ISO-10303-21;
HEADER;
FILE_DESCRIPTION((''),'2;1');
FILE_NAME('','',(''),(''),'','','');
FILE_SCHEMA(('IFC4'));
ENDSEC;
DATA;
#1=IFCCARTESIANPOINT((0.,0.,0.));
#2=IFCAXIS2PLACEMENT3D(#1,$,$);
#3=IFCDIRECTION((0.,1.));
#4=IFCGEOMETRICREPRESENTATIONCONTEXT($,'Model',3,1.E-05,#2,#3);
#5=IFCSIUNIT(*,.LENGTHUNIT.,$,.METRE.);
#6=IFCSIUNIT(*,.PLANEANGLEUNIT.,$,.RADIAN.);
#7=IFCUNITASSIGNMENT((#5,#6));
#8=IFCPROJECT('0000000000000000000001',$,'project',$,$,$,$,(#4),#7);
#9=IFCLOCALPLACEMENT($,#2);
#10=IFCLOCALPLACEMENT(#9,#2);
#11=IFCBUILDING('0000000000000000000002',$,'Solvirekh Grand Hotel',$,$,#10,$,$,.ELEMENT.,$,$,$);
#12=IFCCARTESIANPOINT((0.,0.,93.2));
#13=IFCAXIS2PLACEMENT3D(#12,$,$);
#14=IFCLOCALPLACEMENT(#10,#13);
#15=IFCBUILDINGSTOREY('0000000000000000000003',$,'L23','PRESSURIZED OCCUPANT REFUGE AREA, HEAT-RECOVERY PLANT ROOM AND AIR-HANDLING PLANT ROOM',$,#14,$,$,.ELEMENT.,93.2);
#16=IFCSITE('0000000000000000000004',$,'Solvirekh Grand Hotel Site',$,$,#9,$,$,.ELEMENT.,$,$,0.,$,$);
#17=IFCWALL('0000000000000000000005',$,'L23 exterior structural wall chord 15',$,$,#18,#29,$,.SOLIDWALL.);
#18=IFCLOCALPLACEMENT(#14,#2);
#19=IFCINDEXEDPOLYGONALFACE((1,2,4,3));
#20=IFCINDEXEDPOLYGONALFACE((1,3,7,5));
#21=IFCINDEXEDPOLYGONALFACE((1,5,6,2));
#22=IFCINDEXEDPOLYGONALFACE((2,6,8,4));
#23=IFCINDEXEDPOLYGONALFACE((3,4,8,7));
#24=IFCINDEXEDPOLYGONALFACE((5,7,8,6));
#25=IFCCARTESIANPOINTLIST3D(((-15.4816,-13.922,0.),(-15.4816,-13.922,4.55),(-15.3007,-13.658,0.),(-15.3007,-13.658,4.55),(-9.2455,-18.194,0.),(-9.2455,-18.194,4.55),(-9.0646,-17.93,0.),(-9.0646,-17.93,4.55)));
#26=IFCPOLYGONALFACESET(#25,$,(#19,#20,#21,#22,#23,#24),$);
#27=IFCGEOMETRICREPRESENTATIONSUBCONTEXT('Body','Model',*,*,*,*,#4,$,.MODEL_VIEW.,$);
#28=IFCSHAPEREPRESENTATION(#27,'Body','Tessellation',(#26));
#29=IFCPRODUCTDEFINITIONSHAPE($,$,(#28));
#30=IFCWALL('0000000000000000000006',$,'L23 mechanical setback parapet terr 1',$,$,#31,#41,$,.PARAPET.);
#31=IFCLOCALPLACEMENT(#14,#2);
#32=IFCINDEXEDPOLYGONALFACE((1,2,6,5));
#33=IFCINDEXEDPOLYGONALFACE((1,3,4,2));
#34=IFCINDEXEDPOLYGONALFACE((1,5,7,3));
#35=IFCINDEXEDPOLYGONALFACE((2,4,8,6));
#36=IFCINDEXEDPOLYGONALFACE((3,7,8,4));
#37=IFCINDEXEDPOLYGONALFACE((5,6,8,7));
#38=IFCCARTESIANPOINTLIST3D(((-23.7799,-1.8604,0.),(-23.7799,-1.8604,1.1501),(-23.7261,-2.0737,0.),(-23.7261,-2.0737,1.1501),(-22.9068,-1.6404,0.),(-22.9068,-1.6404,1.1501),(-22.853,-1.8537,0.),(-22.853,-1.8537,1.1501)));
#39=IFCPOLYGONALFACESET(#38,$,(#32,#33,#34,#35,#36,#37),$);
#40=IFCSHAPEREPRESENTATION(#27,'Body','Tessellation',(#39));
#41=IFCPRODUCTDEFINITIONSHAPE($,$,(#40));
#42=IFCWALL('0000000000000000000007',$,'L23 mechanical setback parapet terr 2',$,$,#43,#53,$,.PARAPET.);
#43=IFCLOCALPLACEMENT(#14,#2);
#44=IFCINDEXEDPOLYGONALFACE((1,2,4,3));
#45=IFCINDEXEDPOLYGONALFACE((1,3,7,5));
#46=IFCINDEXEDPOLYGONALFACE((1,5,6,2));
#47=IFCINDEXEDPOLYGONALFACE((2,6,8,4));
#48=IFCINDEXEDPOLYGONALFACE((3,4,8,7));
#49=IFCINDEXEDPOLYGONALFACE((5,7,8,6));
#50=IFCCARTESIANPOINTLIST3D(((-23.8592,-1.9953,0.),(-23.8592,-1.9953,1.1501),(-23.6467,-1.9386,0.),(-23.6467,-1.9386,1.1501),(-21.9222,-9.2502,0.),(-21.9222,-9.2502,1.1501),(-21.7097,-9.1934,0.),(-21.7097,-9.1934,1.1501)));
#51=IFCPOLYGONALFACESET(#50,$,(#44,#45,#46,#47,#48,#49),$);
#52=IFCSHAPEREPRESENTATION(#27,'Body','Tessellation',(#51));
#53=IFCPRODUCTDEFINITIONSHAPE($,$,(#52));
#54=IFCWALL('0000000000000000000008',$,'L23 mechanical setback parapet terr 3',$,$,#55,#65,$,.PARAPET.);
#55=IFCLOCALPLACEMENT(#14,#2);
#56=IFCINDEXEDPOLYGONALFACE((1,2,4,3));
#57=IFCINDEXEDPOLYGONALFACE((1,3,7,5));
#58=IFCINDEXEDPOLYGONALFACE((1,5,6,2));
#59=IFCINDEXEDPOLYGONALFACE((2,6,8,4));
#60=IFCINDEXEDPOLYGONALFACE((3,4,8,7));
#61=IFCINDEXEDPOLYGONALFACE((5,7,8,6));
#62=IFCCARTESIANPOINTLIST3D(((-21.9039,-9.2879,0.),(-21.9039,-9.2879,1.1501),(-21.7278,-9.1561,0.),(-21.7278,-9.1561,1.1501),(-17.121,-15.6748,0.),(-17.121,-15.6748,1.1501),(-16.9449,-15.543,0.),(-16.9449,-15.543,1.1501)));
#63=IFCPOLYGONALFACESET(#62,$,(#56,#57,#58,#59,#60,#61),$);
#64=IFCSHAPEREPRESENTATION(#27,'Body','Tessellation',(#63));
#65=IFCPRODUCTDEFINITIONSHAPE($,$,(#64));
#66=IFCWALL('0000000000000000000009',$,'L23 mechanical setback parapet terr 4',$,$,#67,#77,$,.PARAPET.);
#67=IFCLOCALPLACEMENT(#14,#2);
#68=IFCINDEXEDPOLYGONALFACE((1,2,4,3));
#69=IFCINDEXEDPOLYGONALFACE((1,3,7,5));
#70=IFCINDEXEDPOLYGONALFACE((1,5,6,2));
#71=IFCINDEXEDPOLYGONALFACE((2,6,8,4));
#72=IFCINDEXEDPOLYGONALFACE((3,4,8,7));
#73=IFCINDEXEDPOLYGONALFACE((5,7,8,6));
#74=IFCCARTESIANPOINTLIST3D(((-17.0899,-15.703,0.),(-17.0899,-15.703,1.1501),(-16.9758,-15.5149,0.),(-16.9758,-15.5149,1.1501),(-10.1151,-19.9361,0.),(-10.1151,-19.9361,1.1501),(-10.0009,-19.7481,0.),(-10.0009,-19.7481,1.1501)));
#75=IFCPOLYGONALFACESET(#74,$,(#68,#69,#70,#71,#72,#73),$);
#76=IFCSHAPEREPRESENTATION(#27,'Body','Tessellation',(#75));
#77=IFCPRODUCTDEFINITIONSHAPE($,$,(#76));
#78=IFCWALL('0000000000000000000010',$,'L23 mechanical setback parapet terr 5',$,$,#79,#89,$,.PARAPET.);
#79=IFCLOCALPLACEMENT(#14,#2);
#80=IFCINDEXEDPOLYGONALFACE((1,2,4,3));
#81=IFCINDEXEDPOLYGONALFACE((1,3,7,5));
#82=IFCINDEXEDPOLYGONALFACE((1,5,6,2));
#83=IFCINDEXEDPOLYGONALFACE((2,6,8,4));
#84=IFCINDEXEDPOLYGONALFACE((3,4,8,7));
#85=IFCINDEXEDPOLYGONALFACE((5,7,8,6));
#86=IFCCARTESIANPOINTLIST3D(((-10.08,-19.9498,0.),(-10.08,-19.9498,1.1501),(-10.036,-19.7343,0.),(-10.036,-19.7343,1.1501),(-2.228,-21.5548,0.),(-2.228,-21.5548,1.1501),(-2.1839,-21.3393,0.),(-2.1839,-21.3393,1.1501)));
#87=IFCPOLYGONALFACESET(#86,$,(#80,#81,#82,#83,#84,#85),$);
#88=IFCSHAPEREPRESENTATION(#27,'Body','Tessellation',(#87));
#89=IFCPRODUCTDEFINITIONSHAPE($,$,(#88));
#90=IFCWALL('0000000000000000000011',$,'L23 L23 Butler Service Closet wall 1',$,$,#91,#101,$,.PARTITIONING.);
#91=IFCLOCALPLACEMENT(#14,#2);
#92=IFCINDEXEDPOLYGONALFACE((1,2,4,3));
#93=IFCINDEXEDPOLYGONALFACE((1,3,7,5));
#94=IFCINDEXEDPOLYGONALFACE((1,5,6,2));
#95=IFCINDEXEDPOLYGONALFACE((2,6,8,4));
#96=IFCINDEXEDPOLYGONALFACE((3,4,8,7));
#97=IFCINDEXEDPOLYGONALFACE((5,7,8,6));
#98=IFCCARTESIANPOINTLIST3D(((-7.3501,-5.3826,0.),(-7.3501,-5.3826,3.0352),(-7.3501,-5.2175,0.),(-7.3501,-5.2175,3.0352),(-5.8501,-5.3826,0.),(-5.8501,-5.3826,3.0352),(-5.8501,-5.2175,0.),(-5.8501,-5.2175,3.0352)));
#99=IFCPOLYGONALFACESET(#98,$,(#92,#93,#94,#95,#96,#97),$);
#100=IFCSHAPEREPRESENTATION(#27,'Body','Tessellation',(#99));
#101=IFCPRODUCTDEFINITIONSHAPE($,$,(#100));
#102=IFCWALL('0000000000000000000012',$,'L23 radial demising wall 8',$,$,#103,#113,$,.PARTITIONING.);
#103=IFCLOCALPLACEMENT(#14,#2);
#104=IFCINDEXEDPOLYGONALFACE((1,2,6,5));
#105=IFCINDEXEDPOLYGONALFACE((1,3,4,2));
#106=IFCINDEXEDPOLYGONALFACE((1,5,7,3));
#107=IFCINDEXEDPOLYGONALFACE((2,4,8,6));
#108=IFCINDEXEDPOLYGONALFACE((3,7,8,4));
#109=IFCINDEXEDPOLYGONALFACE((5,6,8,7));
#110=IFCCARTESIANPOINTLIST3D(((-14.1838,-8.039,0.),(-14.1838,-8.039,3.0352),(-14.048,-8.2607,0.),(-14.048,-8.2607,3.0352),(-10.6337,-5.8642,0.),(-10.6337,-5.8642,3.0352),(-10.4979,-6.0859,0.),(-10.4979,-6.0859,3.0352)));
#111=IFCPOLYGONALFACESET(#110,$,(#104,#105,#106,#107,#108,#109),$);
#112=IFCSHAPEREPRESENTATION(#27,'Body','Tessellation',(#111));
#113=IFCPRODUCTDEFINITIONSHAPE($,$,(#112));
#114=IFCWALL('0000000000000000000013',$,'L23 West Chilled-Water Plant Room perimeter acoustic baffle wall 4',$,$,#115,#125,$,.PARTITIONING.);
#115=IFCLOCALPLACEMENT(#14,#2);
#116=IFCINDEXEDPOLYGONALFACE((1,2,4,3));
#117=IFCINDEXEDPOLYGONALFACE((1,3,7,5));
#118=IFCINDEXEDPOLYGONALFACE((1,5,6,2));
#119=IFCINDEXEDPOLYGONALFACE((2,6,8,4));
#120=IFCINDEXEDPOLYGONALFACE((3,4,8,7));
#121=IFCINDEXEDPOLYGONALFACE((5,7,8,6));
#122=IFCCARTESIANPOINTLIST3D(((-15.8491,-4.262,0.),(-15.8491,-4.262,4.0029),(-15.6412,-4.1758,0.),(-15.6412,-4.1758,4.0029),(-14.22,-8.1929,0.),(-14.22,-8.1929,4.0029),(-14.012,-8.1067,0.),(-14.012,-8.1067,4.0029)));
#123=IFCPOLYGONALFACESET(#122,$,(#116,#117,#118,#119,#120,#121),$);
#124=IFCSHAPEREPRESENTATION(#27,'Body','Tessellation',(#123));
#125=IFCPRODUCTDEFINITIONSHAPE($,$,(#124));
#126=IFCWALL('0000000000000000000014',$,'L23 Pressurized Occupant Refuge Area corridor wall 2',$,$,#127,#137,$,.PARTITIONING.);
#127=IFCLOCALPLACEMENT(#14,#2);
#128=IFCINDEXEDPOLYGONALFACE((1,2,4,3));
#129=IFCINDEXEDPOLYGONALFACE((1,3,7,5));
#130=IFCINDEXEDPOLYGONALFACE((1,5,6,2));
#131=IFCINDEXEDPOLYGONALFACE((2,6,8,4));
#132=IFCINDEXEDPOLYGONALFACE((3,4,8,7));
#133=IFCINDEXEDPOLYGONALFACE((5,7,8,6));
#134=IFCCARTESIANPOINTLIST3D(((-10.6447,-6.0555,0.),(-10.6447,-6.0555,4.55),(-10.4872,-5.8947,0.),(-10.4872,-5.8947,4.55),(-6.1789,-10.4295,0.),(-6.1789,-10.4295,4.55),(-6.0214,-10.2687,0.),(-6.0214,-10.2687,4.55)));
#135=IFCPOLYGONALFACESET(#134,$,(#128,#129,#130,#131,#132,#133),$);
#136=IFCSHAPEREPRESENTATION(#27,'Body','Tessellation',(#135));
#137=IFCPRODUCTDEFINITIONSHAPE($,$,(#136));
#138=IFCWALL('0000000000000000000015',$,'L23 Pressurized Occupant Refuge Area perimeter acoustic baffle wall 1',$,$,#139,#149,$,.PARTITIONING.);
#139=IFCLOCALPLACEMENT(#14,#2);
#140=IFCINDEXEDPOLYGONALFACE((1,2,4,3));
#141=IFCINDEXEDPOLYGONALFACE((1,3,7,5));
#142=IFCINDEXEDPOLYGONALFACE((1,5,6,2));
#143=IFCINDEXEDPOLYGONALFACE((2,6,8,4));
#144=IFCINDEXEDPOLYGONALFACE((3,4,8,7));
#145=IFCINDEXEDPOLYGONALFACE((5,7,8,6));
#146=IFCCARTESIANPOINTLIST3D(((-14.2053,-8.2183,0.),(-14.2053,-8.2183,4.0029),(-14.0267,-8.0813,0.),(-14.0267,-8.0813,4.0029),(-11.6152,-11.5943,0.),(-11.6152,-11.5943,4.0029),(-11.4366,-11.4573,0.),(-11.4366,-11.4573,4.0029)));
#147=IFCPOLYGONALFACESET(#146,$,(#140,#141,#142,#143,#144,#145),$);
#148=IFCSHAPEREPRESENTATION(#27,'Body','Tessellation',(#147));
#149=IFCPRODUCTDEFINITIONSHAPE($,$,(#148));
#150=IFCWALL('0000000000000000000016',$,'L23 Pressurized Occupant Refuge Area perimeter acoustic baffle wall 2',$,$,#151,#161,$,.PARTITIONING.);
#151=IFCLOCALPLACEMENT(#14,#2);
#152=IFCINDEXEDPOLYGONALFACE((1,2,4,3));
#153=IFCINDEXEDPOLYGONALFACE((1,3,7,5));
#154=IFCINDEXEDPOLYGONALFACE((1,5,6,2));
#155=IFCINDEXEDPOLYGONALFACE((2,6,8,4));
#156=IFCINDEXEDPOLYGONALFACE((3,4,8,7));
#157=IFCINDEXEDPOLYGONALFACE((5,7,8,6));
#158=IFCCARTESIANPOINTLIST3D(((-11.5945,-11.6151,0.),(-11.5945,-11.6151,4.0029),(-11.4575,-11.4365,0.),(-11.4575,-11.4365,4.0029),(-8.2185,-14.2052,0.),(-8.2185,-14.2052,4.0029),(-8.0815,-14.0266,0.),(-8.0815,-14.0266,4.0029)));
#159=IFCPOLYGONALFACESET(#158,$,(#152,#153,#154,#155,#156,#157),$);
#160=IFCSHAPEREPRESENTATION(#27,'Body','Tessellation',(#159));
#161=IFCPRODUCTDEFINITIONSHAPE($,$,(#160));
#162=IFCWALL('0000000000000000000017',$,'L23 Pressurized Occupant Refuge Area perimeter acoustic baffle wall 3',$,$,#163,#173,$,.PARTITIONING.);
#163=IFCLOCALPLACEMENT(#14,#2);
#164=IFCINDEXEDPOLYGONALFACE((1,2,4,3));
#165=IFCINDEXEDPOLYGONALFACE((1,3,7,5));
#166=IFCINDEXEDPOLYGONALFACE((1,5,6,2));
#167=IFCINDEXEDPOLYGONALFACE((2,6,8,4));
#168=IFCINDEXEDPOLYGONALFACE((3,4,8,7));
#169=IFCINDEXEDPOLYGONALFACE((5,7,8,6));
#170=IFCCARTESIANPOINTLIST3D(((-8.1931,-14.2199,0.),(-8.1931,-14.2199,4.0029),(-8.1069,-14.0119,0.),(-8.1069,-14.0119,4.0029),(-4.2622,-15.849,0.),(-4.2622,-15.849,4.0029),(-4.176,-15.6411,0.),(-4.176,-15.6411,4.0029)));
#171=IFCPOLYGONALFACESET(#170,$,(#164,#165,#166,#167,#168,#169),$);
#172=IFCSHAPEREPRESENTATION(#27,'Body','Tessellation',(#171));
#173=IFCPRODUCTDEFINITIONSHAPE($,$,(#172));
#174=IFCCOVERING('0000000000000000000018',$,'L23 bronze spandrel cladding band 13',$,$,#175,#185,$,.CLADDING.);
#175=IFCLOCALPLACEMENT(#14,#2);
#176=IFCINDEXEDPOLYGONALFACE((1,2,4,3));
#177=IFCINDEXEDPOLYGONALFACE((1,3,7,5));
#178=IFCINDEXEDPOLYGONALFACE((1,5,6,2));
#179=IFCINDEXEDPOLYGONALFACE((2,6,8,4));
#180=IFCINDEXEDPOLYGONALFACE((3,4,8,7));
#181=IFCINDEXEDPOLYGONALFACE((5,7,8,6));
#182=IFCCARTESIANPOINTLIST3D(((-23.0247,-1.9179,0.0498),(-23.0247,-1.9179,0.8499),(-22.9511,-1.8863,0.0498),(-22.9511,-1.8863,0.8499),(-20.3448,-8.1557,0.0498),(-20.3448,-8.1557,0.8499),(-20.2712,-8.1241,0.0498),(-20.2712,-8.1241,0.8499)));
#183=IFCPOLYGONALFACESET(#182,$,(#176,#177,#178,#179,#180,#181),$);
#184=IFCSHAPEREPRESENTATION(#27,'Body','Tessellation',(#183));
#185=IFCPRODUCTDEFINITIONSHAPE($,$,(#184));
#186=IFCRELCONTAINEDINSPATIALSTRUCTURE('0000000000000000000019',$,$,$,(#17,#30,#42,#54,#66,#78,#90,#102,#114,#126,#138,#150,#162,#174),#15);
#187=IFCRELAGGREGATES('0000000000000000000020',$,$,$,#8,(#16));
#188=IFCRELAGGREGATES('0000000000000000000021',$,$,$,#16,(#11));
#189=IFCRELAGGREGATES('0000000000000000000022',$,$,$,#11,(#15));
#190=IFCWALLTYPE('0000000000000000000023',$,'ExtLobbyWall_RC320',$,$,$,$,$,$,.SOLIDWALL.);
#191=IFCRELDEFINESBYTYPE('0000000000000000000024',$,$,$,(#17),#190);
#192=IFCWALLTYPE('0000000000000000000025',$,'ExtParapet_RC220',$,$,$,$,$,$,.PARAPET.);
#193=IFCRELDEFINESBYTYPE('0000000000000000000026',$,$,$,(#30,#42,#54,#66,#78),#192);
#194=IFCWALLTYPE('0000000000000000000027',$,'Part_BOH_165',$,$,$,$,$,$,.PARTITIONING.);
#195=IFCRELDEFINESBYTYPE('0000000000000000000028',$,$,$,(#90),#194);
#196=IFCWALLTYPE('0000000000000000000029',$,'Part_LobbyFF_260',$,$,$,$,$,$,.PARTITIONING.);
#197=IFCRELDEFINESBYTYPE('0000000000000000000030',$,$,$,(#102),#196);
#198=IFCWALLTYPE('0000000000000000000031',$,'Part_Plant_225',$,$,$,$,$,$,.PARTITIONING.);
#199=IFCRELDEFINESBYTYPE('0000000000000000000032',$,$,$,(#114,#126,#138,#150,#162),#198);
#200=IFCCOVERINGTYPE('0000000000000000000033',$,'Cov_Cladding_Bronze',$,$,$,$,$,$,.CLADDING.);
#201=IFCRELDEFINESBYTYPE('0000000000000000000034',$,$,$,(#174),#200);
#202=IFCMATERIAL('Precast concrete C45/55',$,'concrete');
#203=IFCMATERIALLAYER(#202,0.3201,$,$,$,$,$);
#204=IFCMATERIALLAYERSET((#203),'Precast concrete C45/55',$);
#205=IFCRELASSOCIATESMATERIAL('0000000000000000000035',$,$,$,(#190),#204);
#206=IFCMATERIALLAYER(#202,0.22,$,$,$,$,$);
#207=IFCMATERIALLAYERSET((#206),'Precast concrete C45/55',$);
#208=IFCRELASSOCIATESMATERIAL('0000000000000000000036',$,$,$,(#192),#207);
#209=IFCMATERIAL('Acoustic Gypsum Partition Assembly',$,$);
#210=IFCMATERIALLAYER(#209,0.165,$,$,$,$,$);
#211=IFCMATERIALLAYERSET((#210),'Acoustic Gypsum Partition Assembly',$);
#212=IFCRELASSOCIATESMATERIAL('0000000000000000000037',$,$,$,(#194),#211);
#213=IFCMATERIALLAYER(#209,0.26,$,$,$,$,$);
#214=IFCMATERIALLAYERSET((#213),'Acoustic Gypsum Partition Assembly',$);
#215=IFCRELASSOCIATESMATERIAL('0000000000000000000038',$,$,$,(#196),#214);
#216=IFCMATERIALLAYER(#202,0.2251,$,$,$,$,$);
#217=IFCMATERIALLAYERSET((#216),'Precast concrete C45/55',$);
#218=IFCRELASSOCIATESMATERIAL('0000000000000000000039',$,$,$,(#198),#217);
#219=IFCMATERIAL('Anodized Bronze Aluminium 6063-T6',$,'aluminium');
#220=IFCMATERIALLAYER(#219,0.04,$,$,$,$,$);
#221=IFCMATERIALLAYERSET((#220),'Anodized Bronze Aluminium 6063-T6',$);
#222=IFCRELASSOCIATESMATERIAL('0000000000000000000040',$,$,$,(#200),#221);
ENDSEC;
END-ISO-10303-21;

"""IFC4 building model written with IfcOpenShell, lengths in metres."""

from ifc_helpers import new_model, si_unit, direction, frame, frame_2d, origin, origin_2d, place, context, subcontext, project, spatial, rectangle, extrude, material, layer, layer_set, type_object, element, save


model = new_model("IFC4")

# Units and contexts
model_context = context("Model", 3, precision=1e-05, world=origin(), true_north=direction((0.0, 1.0)))
body_context = subcontext(model_context, "Body", "Model", "MODEL_VIEW")
ifc_project = project(units=[si_unit("LENGTHUNIT", "METRE"), si_unit("PLANEANGLEUNIT", "RADIAN")], contexts=[model_context])

# Site, building, storey
site_placement = place(None, origin())
site = spatial("IfcSite", under=ifc_project, at=site_placement, Name="Solvirekh Grand Hotel Site", CompositionType="ELEMENT", RefElevation=0.0)
building_placement = place(site_placement, origin())
building = spatial("IfcBuilding", under=site, at=building_placement, Name="Solvirekh Grand Hotel", CompositionType="ELEMENT")
storey_placement = place(building_placement, frame((0.0, 0.0, 93.2)))
storey = spatial("IfcBuildingStorey", under=building, at=storey_placement, Name="L23", Description="PRESSURIZED OCCUPANT REFUGE AREA, HEAT-RECOVERY PLANT ROOM AND AIR-HANDLING PLANT ROOM", CompositionType="ELEMENT", Elevation=93.2)

# Walls
ifc_material_1 = material(Name="Precast concrete C45/55", Category="concrete")
ifc_layer_1 = layer(ifc_material_1, 0.3201)
ifc_layer_set_1 = layer_set([ifc_layer_1], Name="Precast concrete C45/55")
wall_type_1 = type_object("IfcWallType", Name="ExtLobbyWall_RC320", PredefinedType="SOLIDWALL", material=ifc_layer_set_1)
wall_1_placement = place(storey_placement, frame((-9.155, -18.062, 0.0), z_axis=(0.0, 0.0, 1.0), x_axis=(-0.824988, 0.56515, 0.0)))
element("IfcWall", 1, at=wall_1_placement, inside=storey, type_object=wall_type_1, Name="L23 exterior structural wall chord 15", PredefinedType="SOLIDWALL", context=body_context, shape_type="SweptSolid", body=[
    extrude(rectangle(XDim=7.5591, YDim=0.3201, at=frame_2d((3.7795, 0.0))), origin(), (0.0, 0.0, 1.0), 4.55),
])
ifc_layer_2 = layer(ifc_material_1, 0.22)
ifc_layer_set_2 = layer_set([ifc_layer_2], Name="Precast concrete C45/55")
wall_type_2 = type_object("IfcWallType", Name="ExtParapet_RC220", PredefinedType="PARAPET", material=ifc_layer_set_2)
wall_2_placement = place(storey_placement, frame((-22.8799, -1.7471, 0.0), z_axis=(0.0, 0.0, 1.0), x_axis=(-0.969694, -0.244322, 0.0)))
element("IfcWall", 2, at=wall_2_placement, inside=storey, type_object=wall_type_2, Name="L23 mechanical setback parapet terr 1", PredefinedType="PARAPET", context=body_context, shape_type="SweptSolid", body=[
    extrude(rectangle(XDim=0.9004, YDim=0.22, at=frame_2d((0.4502, 0.0))), origin(), (0.0, 0.0, 1.0), 1.1501),
])
wall_3_placement = place(storey_placement, frame((-23.7529, -1.967, 0.0), z_axis=(0.0, 0.0, 1.0), x_axis=(0.257958, -0.966156, 0.0)))
element("IfcWall", 3, at=wall_3_placement, inside=storey, type_object=wall_type_2, Name="L23 mechanical setback parapet terr 2", PredefinedType="PARAPET", context=body_context, shape_type="SweptSolid", body=[
    extrude(rectangle(XDim=7.509, YDim=0.22, at=frame_2d((3.7544, 0.0))), origin(), (0.0, 0.0, 1.0), 1.1501),
])
wall_4_placement = place(storey_placement, frame((-21.8159, -9.2219, 0.0), z_axis=(0.0, 0.0, 1.0), x_axis=(0.599417, -0.800437, 0.0)))
element("IfcWall", 4, at=wall_4_placement, inside=storey, type_object=wall_type_2, Name="L23 mechanical setback parapet terr 3", PredefinedType="PARAPET", context=body_context, shape_type="SweptSolid", body=[
    extrude(rectangle(XDim=7.9792, YDim=0.22, at=frame_2d((3.9897, 0.0))), origin(), (0.0, 0.0, 1.0), 1.1501),
])
wall_5_placement = place(storey_placement, frame((-17.033, -15.6089, 0.0), z_axis=(0.0, 0.0, 1.0), x_axis=(0.854873, -0.518837, 0.0)))
element("IfcWall", 5, at=wall_5_placement, inside=storey, type_object=wall_type_2, Name="L23 mechanical setback parapet terr 4", PredefinedType="PARAPET", context=body_context, shape_type="SweptSolid", body=[
    extrude(rectangle(XDim=8.1589, YDim=0.22, at=frame_2d((4.0796, 0.0))), origin(), (0.0, 0.0, 1.0), 1.1501),
])
wall_6_placement = place(storey_placement, frame((-10.0581, -19.842, 0.0), z_axis=(0.0, 0.0, 1.0), x_axis=(0.979742, -0.200262, 0.0)))
element("IfcWall", 6, at=wall_6_placement, inside=storey, type_object=wall_type_2, Name="L23 mechanical setback parapet terr 5", PredefinedType="PARAPET", context=body_context, shape_type="SweptSolid", body=[
    extrude(rectangle(XDim=8.0144, YDim=0.22, at=frame_2d((4.0073, 0.0))), origin(), (0.0, 0.0, 1.0), 1.1501),
])
ifc_material_2 = material(Name="Acoustic Gypsum Partition Assembly")
ifc_layer_3 = layer(ifc_material_2, 0.165)
ifc_layer_set_3 = layer_set([ifc_layer_3], Name="Acoustic Gypsum Partition Assembly")
wall_type_3 = type_object("IfcWallType", Name="Part_BOH_165", PredefinedType="PARTITIONING", material=ifc_layer_set_3)
wall_7_placement = place(storey_placement, frame((-7.3501, -5.3, 0.0), z_axis=(0.0, 0.0, 1.0), x_axis=(1.0, 0.0, 0.0)))
element("IfcWall", 7, at=wall_7_placement, inside=storey, type_object=wall_type_3, Name="L23 L23 Butler Service Closet wall 1", PredefinedType="PARTITIONING", context=body_context, shape_type="SweptSolid", body=[
    extrude(rectangle(XDim=1.5, YDim=0.165, at=frame_2d((0.75, 0.0))), origin(), (0.0, 0.0, 1.0), 3.0352),
])
ifc_layer_4 = layer(ifc_material_2, 0.26)
ifc_layer_set_4 = layer_set([ifc_layer_4], Name="Acoustic Gypsum Partition Assembly")
wall_type_4 = type_object("IfcWallType", Name="Part_LobbyFF_260", PredefinedType="PARTITIONING", material=ifc_layer_set_4)
wall_8_placement = place(storey_placement, frame((-10.5659, -5.9751, 0.0), z_axis=(0.0, 0.0, 1.0), x_axis=(-0.852712, -0.522382, 0.0)))
element("IfcWall", 8, at=wall_8_placement, inside=storey, type_object=wall_type_4, Name="L23 radial demising wall 8", PredefinedType="PARTITIONING", context=body_context, shape_type="SweptSolid", body=[
    extrude(rectangle(XDim=4.1633, YDim=0.26, at=frame_2d((2.0815, 0.0))), origin(), (0.0, 0.0, 1.0), 3.0352),
])
ifc_layer_5 = layer(ifc_material_1, 0.2251)
ifc_layer_set_5 = layer_set([ifc_layer_5], Name="Precast concrete C45/55")
wall_type_5 = type_object("IfcWallType", Name="Part_Plant_225", PredefinedType="PARTITIONING", material=ifc_layer_set_5)
wall_9_placement = place(storey_placement, frame((-15.7451, -4.219, 0.0), z_axis=(0.0, 0.0, 1.0), x_axis=(0.382867, -0.923803, 0.0)))
element("IfcWall", 9, at=wall_9_placement, inside=storey, type_object=wall_type_5, Name="L23 West Chilled-Water Plant Room perimeter acoustic baffle wall 4", PredefinedType="PARTITIONING", context=body_context, shape_type="SweptSolid", body=[
    extrude(rectangle(XDim=4.2551, YDim=0.2251, at=frame_2d((2.1274, 0.0))), origin(), (0.0, 0.0, 1.0), 4.0029),
])
wall_10_placement = place(storey_placement, frame((-10.5659, -5.9751, 0.0), z_axis=(0.0, 0.0, 1.0), x_axis=(0.714411, -0.699726, 0.0)))
element("IfcWall", 10, at=wall_10_placement, inside=storey, type_object=wall_type_5, Name="L23 Pressurized Occupant Refuge Area corridor wall 2", PredefinedType="PARTITIONING", context=body_context, shape_type="SweptSolid", body=[
    extrude(rectangle(XDim=6.251, YDim=0.2251, at=frame_2d((3.1255, 0.0))), origin(), (0.0, 0.0, 1.0), 4.55),
])
for number, where, z_axis, x_axis, name in (
    (11, (-14.116, -8.1499, 0.0), (0.0, 0.0, 1.0), (0.608704, -0.793398, 0.0), "L23 Pressurized Occupant Refuge Area perimeter acoustic baffle wall 1"),
    (12, (-11.5259, -11.5259, 0.0), (0.0, 0.0, 1.0), (0.793398, -0.608704, 0.0), "L23 Pressurized Occupant Refuge Area perimeter acoustic baffle wall 2"),
    (13, (-8.1499, -14.116, 0.0), (0.0, 0.0, 1.0), (0.923803, -0.382867, 0.0), "L23 Pressurized Occupant Refuge Area perimeter acoustic baffle wall 3"),
):
    element("IfcWall", number, at=place(storey_placement, frame(where, z_axis=z_axis, x_axis=x_axis)), inside=storey, type_object=wall_type_5, Name=name, PredefinedType="PARTITIONING", context=body_context, shape_type="SweptSolid", body=[
        extrude(rectangle(XDim=4.2551, YDim=0.2251, at=frame_2d((2.1274, 0.0))), origin(), (0.0, 0.0, 1.0), 4.0029),
    ])

# Covering
ifc_material_3 = material(Name="Anodized Bronze Aluminium 6063-T6", Category="aluminium")
ifc_layer_6 = layer(ifc_material_3, 0.04)
ifc_layer_set_6 = layer_set([ifc_layer_6], Name="Anodized Bronze Aluminium 6063-T6")
covering_type = type_object("IfcCoveringType", Name="Cov_Cladding_Bronze", PredefinedType="CLADDING", material=ifc_layer_set_6)
covering_placement = place(storey_placement, frame((-21.6479, -5.021, 0.0498), z_axis=(0.0, 0.0, 1.0), x_axis=(-0.394744, 0.918791, 0.0)))
element("IfcCovering", 14, at=covering_placement, inside=storey, type_object=covering_type, Name="L23 bronze spandrel cladding band 13", PredefinedType="CLADDING", context=body_context, shape_type="SweptSolid", body=[
    extrude(rectangle(XDim=6.7891, YDim=0.0801, at=origin_2d()), origin(), (0.0, 0.0, 1.0), 0.8),
])

save(model, "model.ifc")
